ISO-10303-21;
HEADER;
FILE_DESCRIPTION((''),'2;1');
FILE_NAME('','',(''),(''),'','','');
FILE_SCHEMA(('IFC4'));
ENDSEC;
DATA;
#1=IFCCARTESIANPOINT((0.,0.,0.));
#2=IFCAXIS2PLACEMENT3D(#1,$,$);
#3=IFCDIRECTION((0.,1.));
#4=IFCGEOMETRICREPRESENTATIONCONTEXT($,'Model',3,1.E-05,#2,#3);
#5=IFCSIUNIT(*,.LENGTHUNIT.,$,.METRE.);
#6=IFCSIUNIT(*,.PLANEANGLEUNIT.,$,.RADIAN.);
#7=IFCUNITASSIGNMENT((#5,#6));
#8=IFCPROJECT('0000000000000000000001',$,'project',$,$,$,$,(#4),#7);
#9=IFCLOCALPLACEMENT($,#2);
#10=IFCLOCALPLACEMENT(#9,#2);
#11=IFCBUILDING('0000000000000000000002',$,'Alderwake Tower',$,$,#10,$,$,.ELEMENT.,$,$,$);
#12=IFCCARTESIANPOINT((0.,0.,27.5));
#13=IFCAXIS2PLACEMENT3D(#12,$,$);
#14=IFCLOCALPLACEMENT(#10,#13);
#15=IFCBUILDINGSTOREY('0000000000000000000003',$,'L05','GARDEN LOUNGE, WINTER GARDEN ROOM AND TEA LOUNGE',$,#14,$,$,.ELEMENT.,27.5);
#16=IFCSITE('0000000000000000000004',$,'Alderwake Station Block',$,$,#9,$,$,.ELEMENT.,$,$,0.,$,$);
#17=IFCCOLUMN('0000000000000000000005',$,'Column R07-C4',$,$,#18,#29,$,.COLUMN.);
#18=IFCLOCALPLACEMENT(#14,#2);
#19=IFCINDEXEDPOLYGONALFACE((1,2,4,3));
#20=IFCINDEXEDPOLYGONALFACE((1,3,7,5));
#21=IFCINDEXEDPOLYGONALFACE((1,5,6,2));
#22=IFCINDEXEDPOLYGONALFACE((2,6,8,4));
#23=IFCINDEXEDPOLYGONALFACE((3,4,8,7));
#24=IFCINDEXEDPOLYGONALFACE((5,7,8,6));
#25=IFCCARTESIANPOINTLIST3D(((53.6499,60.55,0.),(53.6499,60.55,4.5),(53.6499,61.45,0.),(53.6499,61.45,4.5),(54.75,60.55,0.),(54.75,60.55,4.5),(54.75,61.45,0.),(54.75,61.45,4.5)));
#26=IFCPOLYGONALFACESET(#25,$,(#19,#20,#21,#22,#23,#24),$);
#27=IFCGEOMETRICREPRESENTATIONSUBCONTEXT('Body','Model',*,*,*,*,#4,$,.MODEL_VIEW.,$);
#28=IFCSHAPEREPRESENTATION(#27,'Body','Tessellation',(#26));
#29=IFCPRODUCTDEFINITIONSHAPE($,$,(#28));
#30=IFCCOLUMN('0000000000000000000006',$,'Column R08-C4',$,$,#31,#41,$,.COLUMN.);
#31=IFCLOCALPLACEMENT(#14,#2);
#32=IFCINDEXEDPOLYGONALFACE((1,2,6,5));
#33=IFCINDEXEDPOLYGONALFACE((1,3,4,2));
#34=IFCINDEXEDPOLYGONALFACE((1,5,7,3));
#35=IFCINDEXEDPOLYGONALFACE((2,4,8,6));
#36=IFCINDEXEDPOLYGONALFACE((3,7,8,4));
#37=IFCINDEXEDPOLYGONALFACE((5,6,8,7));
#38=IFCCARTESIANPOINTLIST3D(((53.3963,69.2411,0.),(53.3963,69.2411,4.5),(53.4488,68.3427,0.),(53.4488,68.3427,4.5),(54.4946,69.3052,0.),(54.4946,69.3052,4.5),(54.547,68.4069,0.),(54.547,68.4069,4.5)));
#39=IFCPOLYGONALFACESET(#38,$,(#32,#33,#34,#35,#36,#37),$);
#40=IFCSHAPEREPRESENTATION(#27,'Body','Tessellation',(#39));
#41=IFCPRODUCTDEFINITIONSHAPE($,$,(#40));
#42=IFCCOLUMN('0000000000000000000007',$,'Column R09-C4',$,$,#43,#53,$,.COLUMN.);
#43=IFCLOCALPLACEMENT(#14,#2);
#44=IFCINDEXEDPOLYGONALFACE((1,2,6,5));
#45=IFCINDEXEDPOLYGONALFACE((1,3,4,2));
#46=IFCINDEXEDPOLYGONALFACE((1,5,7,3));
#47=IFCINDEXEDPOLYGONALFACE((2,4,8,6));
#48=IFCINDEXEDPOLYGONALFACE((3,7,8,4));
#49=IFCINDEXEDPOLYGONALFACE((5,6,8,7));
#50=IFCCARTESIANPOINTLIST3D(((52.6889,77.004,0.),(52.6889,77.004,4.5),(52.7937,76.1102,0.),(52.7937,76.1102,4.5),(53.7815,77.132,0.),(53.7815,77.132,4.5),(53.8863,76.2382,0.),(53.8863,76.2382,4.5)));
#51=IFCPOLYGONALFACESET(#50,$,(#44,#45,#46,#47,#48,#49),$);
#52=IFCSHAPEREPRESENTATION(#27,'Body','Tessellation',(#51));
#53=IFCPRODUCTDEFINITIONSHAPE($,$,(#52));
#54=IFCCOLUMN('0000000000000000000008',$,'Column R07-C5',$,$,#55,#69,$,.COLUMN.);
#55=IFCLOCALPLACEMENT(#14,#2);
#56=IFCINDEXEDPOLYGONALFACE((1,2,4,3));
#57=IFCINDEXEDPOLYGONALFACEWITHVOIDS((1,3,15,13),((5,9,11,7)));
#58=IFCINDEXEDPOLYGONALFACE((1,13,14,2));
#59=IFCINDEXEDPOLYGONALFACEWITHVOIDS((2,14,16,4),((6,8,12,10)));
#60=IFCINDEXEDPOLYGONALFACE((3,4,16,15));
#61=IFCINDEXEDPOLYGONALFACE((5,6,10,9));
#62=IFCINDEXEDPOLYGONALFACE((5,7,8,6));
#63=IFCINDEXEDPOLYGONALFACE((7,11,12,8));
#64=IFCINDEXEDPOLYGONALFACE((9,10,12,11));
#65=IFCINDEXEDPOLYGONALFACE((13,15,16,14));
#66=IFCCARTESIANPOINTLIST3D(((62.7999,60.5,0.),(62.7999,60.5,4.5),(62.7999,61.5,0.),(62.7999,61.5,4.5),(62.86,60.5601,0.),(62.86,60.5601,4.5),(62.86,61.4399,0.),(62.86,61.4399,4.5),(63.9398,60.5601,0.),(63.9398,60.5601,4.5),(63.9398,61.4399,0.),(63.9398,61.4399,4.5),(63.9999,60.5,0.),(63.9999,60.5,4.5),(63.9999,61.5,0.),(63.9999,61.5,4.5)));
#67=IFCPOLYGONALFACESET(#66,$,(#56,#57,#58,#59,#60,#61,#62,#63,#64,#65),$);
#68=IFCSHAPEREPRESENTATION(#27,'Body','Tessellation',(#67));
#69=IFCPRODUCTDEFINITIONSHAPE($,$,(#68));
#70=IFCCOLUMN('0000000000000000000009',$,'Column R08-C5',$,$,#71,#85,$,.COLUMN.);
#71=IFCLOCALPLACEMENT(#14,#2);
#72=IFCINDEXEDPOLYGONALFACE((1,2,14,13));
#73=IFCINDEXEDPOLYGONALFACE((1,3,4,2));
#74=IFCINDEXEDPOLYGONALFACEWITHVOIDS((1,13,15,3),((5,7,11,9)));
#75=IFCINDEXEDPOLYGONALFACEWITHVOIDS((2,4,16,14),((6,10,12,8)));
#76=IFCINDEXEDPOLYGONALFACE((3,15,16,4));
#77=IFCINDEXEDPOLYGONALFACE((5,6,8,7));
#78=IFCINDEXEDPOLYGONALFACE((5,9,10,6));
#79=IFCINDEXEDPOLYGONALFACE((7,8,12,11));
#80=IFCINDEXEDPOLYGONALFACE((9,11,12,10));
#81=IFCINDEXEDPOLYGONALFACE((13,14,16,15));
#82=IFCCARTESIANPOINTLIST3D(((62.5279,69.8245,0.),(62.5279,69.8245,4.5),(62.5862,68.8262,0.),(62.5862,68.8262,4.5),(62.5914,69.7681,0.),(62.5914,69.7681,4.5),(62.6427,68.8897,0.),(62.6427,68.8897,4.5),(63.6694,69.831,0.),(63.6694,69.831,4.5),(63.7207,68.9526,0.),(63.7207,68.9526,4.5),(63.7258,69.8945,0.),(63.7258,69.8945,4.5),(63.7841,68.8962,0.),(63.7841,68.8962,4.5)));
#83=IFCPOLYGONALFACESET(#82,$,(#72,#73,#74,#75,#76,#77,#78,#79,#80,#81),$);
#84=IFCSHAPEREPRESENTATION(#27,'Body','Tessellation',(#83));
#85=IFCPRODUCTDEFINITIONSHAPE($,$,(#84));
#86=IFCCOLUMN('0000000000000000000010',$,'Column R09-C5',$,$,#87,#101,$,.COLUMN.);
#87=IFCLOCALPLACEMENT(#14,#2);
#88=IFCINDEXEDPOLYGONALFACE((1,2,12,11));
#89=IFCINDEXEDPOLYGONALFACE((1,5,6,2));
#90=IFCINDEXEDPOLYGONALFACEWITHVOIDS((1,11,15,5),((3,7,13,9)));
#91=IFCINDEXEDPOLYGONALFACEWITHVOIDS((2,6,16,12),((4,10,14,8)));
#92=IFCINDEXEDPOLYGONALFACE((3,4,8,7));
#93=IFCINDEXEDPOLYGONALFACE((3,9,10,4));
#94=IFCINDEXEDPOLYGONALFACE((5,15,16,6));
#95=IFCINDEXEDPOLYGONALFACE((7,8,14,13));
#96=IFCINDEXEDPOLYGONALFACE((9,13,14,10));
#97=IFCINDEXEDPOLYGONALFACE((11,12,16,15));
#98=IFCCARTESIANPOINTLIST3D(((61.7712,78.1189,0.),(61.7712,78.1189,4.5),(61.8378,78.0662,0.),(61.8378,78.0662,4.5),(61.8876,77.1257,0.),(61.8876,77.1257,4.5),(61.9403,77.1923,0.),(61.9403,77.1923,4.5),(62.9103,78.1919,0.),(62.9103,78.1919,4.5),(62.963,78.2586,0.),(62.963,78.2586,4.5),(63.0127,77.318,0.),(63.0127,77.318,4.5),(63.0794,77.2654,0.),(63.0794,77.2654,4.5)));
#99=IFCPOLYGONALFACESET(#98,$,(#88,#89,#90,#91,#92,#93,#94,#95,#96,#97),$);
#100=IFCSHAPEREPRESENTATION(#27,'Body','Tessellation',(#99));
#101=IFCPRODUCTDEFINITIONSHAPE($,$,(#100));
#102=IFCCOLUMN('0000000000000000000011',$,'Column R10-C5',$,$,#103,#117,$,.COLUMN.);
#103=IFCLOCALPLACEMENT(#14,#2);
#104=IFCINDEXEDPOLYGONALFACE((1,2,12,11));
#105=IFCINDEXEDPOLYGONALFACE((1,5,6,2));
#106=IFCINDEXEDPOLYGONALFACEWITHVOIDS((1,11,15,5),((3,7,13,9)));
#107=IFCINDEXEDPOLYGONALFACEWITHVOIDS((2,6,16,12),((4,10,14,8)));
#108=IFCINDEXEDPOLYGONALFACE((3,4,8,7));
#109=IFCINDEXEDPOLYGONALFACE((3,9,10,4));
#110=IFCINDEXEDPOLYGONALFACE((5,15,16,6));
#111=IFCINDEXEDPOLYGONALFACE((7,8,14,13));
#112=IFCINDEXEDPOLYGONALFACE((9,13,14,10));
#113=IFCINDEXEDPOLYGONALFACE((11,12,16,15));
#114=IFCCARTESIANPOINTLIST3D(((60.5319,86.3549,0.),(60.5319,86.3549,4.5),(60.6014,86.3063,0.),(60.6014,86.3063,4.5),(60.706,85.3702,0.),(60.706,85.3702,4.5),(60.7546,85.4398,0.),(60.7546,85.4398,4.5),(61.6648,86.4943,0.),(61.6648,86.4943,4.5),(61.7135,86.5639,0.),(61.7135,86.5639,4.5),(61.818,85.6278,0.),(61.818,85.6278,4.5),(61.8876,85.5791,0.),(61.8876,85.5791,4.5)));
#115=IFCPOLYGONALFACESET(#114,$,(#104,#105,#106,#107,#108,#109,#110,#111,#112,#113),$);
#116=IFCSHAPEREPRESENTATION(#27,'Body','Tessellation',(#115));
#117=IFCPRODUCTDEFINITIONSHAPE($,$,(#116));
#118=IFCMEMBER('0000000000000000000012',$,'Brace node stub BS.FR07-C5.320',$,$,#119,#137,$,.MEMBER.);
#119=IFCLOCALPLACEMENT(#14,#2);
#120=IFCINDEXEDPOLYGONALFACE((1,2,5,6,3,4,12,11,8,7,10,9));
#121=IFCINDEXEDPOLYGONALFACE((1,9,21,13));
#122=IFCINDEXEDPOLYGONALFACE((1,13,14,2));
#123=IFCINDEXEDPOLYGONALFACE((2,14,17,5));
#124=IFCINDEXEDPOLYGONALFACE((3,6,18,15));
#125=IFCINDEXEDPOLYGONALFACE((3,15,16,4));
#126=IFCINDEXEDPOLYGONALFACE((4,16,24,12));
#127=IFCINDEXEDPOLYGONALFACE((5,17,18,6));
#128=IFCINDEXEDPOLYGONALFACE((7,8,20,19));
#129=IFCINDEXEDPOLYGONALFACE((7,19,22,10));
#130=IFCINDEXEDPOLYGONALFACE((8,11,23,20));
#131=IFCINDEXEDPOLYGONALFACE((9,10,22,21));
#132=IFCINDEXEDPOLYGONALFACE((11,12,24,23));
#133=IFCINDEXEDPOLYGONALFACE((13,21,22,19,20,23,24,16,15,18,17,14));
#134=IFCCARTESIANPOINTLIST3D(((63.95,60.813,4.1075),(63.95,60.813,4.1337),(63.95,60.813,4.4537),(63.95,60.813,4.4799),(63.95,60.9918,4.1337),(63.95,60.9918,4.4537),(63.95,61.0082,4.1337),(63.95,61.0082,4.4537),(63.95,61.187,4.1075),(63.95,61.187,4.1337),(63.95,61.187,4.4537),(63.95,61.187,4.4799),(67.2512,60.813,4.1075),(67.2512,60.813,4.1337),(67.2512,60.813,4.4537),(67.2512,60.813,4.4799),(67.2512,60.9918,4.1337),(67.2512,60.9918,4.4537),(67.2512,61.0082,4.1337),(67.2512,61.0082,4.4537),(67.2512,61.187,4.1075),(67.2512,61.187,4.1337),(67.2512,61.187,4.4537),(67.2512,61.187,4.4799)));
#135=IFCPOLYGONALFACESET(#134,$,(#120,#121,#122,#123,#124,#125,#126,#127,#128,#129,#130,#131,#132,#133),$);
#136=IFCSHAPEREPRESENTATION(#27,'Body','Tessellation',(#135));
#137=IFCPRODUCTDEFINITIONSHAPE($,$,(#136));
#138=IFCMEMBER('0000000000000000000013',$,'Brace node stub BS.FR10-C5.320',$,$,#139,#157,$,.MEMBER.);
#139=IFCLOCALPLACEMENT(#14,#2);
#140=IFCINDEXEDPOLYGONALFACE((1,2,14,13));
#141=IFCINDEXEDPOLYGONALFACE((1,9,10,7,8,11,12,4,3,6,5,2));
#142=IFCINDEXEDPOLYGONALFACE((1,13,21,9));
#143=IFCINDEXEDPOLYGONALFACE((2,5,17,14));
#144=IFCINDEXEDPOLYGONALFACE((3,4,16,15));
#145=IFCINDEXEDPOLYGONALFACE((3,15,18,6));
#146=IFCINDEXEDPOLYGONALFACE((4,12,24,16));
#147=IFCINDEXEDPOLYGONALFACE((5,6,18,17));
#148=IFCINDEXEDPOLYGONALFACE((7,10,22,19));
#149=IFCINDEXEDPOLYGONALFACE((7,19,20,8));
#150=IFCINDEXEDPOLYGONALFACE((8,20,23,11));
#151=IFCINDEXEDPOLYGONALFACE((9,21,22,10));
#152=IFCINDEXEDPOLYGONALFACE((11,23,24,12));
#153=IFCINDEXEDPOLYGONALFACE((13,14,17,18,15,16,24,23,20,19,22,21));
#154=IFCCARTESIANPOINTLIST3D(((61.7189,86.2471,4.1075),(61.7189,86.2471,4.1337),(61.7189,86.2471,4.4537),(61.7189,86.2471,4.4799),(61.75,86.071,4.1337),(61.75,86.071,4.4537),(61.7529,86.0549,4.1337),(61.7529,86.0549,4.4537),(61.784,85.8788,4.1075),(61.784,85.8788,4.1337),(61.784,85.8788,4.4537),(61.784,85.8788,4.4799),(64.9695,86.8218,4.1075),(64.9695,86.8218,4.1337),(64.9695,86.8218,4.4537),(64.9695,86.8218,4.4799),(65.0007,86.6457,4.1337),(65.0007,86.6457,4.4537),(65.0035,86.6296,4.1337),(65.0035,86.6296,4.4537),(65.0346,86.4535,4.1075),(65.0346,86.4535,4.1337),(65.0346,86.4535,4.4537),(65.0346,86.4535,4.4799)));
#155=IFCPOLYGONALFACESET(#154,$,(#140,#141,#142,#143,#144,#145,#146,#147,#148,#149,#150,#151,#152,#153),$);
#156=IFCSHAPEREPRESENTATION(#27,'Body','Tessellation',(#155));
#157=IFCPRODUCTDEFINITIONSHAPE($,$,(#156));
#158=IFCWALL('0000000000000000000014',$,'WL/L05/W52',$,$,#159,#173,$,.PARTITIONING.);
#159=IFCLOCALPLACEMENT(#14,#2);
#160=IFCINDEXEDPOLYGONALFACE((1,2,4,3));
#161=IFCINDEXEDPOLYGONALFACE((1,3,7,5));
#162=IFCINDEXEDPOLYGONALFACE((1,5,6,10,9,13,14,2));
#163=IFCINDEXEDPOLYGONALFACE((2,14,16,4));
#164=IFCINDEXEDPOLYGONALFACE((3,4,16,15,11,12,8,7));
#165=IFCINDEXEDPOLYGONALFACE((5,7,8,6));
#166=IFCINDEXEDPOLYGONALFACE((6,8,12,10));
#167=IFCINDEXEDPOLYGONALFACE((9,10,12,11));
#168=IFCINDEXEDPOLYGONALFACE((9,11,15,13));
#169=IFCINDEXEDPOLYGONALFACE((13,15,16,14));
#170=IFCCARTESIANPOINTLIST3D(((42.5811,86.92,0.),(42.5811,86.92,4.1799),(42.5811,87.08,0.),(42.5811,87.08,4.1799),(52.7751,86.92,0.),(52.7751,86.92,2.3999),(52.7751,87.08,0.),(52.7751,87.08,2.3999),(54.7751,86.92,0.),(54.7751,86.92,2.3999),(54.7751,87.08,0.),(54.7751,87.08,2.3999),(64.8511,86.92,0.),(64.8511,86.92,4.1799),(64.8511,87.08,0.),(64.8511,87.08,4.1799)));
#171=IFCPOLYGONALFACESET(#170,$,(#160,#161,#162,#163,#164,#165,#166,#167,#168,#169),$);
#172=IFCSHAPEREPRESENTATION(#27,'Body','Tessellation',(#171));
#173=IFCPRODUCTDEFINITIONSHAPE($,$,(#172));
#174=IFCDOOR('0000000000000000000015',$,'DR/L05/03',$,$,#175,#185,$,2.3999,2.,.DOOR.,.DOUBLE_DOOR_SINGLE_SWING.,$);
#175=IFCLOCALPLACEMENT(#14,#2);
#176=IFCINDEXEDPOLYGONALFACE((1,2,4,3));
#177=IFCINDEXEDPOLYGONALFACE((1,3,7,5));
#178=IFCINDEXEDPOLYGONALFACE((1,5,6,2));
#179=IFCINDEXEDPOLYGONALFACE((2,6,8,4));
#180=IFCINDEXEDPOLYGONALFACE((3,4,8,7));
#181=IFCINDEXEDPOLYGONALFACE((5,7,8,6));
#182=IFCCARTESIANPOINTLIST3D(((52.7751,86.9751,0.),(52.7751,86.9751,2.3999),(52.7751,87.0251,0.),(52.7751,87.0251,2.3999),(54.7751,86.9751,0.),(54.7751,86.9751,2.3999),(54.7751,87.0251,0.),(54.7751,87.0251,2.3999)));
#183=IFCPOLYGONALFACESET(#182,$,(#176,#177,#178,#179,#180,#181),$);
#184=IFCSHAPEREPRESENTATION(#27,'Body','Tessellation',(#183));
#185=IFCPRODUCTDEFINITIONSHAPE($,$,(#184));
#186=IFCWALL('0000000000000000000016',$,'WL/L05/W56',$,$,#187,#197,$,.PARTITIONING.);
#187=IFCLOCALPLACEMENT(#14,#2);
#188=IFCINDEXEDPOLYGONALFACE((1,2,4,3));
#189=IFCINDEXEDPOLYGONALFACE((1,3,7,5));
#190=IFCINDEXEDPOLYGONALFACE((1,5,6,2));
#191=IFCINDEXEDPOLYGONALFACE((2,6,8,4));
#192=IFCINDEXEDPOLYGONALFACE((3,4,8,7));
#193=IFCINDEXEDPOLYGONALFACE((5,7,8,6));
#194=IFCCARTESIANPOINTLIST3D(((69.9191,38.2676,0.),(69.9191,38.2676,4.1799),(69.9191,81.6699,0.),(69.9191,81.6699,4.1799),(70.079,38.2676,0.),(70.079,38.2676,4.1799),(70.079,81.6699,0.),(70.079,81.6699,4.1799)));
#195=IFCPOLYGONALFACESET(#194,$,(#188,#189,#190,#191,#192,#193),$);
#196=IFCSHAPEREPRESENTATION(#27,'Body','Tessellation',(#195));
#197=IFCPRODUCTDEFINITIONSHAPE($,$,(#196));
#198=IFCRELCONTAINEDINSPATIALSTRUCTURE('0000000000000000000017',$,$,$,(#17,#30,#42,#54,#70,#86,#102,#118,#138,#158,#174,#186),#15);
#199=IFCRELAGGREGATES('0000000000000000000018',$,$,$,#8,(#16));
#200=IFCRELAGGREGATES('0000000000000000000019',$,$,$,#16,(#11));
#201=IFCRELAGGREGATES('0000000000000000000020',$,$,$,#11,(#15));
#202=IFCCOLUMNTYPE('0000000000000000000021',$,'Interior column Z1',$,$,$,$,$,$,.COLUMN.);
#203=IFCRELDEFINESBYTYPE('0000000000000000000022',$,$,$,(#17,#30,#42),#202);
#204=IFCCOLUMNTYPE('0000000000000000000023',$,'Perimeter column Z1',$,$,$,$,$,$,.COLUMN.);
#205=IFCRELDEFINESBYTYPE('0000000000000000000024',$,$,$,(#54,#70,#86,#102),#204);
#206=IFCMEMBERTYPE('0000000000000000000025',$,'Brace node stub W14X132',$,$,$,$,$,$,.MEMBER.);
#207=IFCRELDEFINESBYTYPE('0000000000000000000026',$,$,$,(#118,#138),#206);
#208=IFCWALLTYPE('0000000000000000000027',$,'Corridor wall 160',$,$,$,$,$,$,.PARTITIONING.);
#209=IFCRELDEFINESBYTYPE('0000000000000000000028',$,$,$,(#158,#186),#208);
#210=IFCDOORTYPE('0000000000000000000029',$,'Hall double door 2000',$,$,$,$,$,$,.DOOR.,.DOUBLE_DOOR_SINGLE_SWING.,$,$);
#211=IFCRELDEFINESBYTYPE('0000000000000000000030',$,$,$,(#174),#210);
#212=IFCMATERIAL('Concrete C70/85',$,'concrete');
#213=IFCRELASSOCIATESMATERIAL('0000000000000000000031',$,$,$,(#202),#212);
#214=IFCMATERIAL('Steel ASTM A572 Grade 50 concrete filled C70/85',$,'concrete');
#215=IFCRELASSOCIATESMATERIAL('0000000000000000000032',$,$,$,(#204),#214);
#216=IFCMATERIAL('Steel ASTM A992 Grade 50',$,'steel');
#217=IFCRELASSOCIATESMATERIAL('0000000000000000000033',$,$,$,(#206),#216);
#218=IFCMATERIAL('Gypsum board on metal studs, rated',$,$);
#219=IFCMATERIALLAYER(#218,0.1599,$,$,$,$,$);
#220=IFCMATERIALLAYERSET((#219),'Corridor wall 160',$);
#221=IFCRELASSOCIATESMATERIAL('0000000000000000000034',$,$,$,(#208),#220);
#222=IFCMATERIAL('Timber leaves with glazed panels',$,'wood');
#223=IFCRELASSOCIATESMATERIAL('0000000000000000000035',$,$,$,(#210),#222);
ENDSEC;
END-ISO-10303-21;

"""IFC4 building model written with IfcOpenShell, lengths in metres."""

from ifc_helpers import new_model, si_unit, direction, frame, frame_2d, origin, origin_2d, place, context, subcontext, project, spatial, rectangle, hollow_rectangle, i_section, extrude, material, layer, layer_set, material_profile, profile_set, type_object, element, fill, save


model = new_model("IFC4")

# Units and contexts
model_context = context("Model", 3, precision=1e-05, world=origin(), true_north=direction((0.0, 1.0)))
body_context = subcontext(model_context, "Body", "Model", "MODEL_VIEW")
ifc_project = project(units=[si_unit("LENGTHUNIT", "METRE"), si_unit("PLANEANGLEUNIT", "RADIAN")], contexts=[model_context])

# Site, building, storey
site_placement = place(None, origin())
site = spatial("IfcSite", under=ifc_project, at=site_placement, Name="Alderwake Station Block", CompositionType="ELEMENT", RefElevation=0.0)
building_placement = place(site_placement, origin())
building = spatial("IfcBuilding", under=site, at=building_placement, Name="Alderwake Tower", CompositionType="ELEMENT")
storey_placement = place(building_placement, frame((0.0, 0.0, 27.5)))
storey = spatial("IfcBuildingStorey", under=building, at=storey_placement, Name="L05", Description="GARDEN LOUNGE, WINTER GARDEN ROOM AND TEA LOUNGE", CompositionType="ELEMENT", Elevation=27.5)

# Columns
ifc_material_1 = material(Name="Concrete C70/85", Category="concrete")
ifc_material_profile_1 = material_profile(ifc_material_1, rectangle(XDim=0.8999, YDim=1.1001, at=origin_2d()), Name="RC 1100X900")
ifc_profile_set_1 = profile_set([ifc_material_profile_1], Name="Concrete C70/85")
column_type_1 = type_object("IfcColumnType", Name="Interior column Z1", PredefinedType="COLUMN", material=ifc_profile_set_1)
for number, where, z_axis, x_axis, name in (
    (1, (54.2, 61.0, 0.0), (0.0, 0.0, 1.0), (0.0, 1.0, 0.0), "Column R07-C4"),
    (2, (53.9717, 68.824, 0.0), (0.0, 0.0, 1.0), (-0.058301, 0.998299, 0.0), "Column R08-C4"),
    (3, (53.2876, 76.6211, 0.0), (0.0, 0.0, 1.0), (-0.116402, 0.993202, 0.0), "Column R09-C4"),
):
    element("IfcColumn", number, at=place(storey_placement, frame(where, z_axis=z_axis, x_axis=x_axis)), inside=storey, type_object=column_type_1, Name=name, PredefinedType="COLUMN", context=body_context, shape_type="SweptSolid", body=[
        extrude(rectangle(XDim=0.8999, YDim=1.1001, at=origin_2d()), origin(), (0.0, 0.0, 1.0), 4.5),
    ])
ifc_material_2 = material(Name="Steel ASTM A572 Grade 50 concrete filled C70/85", Category="concrete")
ifc_material_profile_2 = material_profile(ifc_material_2, hollow_rectangle(XDim=1.0, YDim=1.2, WallThickness=0.0601, at=origin_2d()), Name="BOX 1200X1000X60")
ifc_profile_set_2 = profile_set([ifc_material_profile_2], Name="Steel ASTM A572 Grade 50 concrete filled C70/85")
column_type_2 = type_object("IfcColumnType", Name="Perimeter column Z1", PredefinedType="COLUMN", material=ifc_profile_set_2)
for number, where, z_axis, x_axis, name in (
    (4, (63.3999, 61.0, 0.0), (0.0, 0.0, 1.0), (0.0, 1.0, 0.0), "Column R07-C5"),
    (5, (63.156, 69.3604, 0.0), (0.0, 0.0, 1.0), (-0.058301, 0.998299, 0.0), "Column R08-C5"),
    (6, (62.4253, 77.6921, 0.0), (0.0, 0.0, 1.0), (-0.116402, 0.993202, 0.0), "Column R09-C5"),
    (7, (61.2097, 85.967, 0.0), (0.0, 0.0, 1.0), (-0.174109, 0.984726, 0.0), "Column R10-C5"),
):
    element("IfcColumn", number, at=place(storey_placement, frame(where, z_axis=z_axis, x_axis=x_axis)), inside=storey, type_object=column_type_2, Name=name, PredefinedType="COLUMN", context=body_context, shape_type="SweptSolid", body=[
        extrude(hollow_rectangle(XDim=1.0, YDim=1.2, WallThickness=0.0601, at=origin_2d()), origin(), (0.0, 0.0, 1.0), 4.5),
    ])

# Members
ifc_material_3 = material(Name="Steel ASTM A992 Grade 50", Category="steel")
ifc_material_profile_3 = material_profile(ifc_material_3, i_section(OverallWidth=0.374, OverallDepth=0.3723, WebThickness=0.0164, FlangeThickness=0.0261, at=origin_2d()), Name="W14X132")
ifc_profile_set_3 = profile_set([ifc_material_profile_3], Name="Steel ASTM A992 Grade 50")
member_type = type_object("IfcMemberType", Name="Brace node stub W14X132", PredefinedType="MEMBER", material=ifc_profile_set_3)
member_1_placement = place(storey_placement, frame((63.95, 61.0, 4.2937), z_axis=(1.0, 0.0, 0.0), x_axis=(0.0, 1.0, 0.0)))
element("IfcMember", 8, at=member_1_placement, inside=storey, type_object=member_type, Name="Brace node stub BS.FR07-C5.320", PredefinedType="MEMBER", context=body_context, shape_type="SweptSolid", body=[
    extrude(i_section(OverallWidth=0.374, OverallDepth=0.3723, WebThickness=0.0164, FlangeThickness=0.0261, at=origin_2d()), origin(), (0.0, 0.0, 1.0), 3.3013),
])
member_2_placement = place(storey_placement, frame((61.7515, 86.063, 4.2937), z_axis=(0.984729, 0.174093, 0.0), x_axis=(-0.174093, 0.984729, 0.0)))
element("IfcMember", 9, at=member_2_placement, inside=storey, type_object=member_type, Name="Brace node stub BS.FR10-C5.320", PredefinedType="MEMBER", context=body_context, shape_type="SweptSolid", body=[
    extrude(i_section(OverallWidth=0.374, OverallDepth=0.3723, WebThickness=0.0164, FlangeThickness=0.0261, at=origin_2d()), origin(), (0.0, 0.0, 1.0), 3.301),
])

# Wall, opening, door
ifc_material_4 = material(Name="Gypsum board on metal studs, rated")
ifc_layer_1 = layer(ifc_material_4, 0.1599)
ifc_layer_set_1 = layer_set([ifc_layer_1], Name="Corridor wall 160")
wall_type_1 = type_object("IfcWallType", Name="Corridor wall 160", PredefinedType="PARTITIONING", material=ifc_layer_set_1)
wall_1_placement = place(storey_placement, frame((64.8511, 87.0, 0.0), z_axis=(0.0, 0.0, 1.0), x_axis=(-1.0, 0.0, 0.0)))
wall_1 = element("IfcWall", 10, at=wall_1_placement, inside=storey, type_object=wall_type_1, Name="WL/L05/W52", PredefinedType="PARTITIONING", context=body_context, shape_type="SweptSolid", body=[
    extrude(rectangle(XDim=22.27, YDim=0.1599, at=frame_2d((11.135, 0.0))), origin(), (0.0, 0.0, 1.0), 4.1799),
])
opening_placement = place(wall_1_placement, frame((10.0759, 0.0, 0.0)))
opening = element("IfcOpeningElement", 11, at=opening_placement, cuts=wall_1, PredefinedType="OPENING", context=body_context, shape_type="SweptSolid", body=[
    extrude(rectangle(XDim=2.0, YDim=2.3999, at=frame_2d((1.0, 1.2))), frame((0.0, 0.0898, 0.0), z_axis=(0.0, -1.0, 0.0), x_axis=(1.0, 0.0, 0.0)), (0.0, 0.0, 1.0), 0.1799),
])
ifc_material_5 = material(Name="Timber leaves with glazed panels", Category="wood")
door_type = type_object("IfcDoorType", Name="Hall double door 2000", OperationType="DOUBLE_DOOR_SINGLE_SWING", PredefinedType="DOOR", material=ifc_material_5)
door_placement = place(opening_placement, origin())
door = element("IfcDoor", 12, at=door_placement, inside=storey, type_object=door_type, Name="DR/L05/03", OperationType="DOUBLE_DOOR_SINGLE_SWING", OverallHeight=2.3999, OverallWidth=2.0, PredefinedType="DOOR", context=body_context, shape_type="SweptSolid", body=[
    extrude(rectangle(XDim=2.0, YDim=2.3999, at=frame_2d((1.0, 1.2))), frame((0.0, 0.0249, 0.0), z_axis=(0.0, -1.0, 0.0), x_axis=(1.0, 0.0, 0.0)), (0.0, 0.0, 1.0), 0.05),
])
fill(opening, door)

# Wall
wall_2_placement = place(storey_placement, frame((69.999, 81.6699, 0.0), z_axis=(0.0, 0.0, 1.0), x_axis=(0.0, -1.0, 0.0)))
element("IfcWall", 13, at=wall_2_placement, inside=storey, type_object=wall_type_1, Name="WL/L05/W56", PredefinedType="PARTITIONING", context=body_context, shape_type="SweptSolid", body=[
    extrude(rectangle(XDim=43.4023, YDim=0.1599, at=frame_2d((21.7012, 0.0))), origin(), (0.0, 0.0, 1.0), 4.1799),
])

save(model, "model.ifc")
